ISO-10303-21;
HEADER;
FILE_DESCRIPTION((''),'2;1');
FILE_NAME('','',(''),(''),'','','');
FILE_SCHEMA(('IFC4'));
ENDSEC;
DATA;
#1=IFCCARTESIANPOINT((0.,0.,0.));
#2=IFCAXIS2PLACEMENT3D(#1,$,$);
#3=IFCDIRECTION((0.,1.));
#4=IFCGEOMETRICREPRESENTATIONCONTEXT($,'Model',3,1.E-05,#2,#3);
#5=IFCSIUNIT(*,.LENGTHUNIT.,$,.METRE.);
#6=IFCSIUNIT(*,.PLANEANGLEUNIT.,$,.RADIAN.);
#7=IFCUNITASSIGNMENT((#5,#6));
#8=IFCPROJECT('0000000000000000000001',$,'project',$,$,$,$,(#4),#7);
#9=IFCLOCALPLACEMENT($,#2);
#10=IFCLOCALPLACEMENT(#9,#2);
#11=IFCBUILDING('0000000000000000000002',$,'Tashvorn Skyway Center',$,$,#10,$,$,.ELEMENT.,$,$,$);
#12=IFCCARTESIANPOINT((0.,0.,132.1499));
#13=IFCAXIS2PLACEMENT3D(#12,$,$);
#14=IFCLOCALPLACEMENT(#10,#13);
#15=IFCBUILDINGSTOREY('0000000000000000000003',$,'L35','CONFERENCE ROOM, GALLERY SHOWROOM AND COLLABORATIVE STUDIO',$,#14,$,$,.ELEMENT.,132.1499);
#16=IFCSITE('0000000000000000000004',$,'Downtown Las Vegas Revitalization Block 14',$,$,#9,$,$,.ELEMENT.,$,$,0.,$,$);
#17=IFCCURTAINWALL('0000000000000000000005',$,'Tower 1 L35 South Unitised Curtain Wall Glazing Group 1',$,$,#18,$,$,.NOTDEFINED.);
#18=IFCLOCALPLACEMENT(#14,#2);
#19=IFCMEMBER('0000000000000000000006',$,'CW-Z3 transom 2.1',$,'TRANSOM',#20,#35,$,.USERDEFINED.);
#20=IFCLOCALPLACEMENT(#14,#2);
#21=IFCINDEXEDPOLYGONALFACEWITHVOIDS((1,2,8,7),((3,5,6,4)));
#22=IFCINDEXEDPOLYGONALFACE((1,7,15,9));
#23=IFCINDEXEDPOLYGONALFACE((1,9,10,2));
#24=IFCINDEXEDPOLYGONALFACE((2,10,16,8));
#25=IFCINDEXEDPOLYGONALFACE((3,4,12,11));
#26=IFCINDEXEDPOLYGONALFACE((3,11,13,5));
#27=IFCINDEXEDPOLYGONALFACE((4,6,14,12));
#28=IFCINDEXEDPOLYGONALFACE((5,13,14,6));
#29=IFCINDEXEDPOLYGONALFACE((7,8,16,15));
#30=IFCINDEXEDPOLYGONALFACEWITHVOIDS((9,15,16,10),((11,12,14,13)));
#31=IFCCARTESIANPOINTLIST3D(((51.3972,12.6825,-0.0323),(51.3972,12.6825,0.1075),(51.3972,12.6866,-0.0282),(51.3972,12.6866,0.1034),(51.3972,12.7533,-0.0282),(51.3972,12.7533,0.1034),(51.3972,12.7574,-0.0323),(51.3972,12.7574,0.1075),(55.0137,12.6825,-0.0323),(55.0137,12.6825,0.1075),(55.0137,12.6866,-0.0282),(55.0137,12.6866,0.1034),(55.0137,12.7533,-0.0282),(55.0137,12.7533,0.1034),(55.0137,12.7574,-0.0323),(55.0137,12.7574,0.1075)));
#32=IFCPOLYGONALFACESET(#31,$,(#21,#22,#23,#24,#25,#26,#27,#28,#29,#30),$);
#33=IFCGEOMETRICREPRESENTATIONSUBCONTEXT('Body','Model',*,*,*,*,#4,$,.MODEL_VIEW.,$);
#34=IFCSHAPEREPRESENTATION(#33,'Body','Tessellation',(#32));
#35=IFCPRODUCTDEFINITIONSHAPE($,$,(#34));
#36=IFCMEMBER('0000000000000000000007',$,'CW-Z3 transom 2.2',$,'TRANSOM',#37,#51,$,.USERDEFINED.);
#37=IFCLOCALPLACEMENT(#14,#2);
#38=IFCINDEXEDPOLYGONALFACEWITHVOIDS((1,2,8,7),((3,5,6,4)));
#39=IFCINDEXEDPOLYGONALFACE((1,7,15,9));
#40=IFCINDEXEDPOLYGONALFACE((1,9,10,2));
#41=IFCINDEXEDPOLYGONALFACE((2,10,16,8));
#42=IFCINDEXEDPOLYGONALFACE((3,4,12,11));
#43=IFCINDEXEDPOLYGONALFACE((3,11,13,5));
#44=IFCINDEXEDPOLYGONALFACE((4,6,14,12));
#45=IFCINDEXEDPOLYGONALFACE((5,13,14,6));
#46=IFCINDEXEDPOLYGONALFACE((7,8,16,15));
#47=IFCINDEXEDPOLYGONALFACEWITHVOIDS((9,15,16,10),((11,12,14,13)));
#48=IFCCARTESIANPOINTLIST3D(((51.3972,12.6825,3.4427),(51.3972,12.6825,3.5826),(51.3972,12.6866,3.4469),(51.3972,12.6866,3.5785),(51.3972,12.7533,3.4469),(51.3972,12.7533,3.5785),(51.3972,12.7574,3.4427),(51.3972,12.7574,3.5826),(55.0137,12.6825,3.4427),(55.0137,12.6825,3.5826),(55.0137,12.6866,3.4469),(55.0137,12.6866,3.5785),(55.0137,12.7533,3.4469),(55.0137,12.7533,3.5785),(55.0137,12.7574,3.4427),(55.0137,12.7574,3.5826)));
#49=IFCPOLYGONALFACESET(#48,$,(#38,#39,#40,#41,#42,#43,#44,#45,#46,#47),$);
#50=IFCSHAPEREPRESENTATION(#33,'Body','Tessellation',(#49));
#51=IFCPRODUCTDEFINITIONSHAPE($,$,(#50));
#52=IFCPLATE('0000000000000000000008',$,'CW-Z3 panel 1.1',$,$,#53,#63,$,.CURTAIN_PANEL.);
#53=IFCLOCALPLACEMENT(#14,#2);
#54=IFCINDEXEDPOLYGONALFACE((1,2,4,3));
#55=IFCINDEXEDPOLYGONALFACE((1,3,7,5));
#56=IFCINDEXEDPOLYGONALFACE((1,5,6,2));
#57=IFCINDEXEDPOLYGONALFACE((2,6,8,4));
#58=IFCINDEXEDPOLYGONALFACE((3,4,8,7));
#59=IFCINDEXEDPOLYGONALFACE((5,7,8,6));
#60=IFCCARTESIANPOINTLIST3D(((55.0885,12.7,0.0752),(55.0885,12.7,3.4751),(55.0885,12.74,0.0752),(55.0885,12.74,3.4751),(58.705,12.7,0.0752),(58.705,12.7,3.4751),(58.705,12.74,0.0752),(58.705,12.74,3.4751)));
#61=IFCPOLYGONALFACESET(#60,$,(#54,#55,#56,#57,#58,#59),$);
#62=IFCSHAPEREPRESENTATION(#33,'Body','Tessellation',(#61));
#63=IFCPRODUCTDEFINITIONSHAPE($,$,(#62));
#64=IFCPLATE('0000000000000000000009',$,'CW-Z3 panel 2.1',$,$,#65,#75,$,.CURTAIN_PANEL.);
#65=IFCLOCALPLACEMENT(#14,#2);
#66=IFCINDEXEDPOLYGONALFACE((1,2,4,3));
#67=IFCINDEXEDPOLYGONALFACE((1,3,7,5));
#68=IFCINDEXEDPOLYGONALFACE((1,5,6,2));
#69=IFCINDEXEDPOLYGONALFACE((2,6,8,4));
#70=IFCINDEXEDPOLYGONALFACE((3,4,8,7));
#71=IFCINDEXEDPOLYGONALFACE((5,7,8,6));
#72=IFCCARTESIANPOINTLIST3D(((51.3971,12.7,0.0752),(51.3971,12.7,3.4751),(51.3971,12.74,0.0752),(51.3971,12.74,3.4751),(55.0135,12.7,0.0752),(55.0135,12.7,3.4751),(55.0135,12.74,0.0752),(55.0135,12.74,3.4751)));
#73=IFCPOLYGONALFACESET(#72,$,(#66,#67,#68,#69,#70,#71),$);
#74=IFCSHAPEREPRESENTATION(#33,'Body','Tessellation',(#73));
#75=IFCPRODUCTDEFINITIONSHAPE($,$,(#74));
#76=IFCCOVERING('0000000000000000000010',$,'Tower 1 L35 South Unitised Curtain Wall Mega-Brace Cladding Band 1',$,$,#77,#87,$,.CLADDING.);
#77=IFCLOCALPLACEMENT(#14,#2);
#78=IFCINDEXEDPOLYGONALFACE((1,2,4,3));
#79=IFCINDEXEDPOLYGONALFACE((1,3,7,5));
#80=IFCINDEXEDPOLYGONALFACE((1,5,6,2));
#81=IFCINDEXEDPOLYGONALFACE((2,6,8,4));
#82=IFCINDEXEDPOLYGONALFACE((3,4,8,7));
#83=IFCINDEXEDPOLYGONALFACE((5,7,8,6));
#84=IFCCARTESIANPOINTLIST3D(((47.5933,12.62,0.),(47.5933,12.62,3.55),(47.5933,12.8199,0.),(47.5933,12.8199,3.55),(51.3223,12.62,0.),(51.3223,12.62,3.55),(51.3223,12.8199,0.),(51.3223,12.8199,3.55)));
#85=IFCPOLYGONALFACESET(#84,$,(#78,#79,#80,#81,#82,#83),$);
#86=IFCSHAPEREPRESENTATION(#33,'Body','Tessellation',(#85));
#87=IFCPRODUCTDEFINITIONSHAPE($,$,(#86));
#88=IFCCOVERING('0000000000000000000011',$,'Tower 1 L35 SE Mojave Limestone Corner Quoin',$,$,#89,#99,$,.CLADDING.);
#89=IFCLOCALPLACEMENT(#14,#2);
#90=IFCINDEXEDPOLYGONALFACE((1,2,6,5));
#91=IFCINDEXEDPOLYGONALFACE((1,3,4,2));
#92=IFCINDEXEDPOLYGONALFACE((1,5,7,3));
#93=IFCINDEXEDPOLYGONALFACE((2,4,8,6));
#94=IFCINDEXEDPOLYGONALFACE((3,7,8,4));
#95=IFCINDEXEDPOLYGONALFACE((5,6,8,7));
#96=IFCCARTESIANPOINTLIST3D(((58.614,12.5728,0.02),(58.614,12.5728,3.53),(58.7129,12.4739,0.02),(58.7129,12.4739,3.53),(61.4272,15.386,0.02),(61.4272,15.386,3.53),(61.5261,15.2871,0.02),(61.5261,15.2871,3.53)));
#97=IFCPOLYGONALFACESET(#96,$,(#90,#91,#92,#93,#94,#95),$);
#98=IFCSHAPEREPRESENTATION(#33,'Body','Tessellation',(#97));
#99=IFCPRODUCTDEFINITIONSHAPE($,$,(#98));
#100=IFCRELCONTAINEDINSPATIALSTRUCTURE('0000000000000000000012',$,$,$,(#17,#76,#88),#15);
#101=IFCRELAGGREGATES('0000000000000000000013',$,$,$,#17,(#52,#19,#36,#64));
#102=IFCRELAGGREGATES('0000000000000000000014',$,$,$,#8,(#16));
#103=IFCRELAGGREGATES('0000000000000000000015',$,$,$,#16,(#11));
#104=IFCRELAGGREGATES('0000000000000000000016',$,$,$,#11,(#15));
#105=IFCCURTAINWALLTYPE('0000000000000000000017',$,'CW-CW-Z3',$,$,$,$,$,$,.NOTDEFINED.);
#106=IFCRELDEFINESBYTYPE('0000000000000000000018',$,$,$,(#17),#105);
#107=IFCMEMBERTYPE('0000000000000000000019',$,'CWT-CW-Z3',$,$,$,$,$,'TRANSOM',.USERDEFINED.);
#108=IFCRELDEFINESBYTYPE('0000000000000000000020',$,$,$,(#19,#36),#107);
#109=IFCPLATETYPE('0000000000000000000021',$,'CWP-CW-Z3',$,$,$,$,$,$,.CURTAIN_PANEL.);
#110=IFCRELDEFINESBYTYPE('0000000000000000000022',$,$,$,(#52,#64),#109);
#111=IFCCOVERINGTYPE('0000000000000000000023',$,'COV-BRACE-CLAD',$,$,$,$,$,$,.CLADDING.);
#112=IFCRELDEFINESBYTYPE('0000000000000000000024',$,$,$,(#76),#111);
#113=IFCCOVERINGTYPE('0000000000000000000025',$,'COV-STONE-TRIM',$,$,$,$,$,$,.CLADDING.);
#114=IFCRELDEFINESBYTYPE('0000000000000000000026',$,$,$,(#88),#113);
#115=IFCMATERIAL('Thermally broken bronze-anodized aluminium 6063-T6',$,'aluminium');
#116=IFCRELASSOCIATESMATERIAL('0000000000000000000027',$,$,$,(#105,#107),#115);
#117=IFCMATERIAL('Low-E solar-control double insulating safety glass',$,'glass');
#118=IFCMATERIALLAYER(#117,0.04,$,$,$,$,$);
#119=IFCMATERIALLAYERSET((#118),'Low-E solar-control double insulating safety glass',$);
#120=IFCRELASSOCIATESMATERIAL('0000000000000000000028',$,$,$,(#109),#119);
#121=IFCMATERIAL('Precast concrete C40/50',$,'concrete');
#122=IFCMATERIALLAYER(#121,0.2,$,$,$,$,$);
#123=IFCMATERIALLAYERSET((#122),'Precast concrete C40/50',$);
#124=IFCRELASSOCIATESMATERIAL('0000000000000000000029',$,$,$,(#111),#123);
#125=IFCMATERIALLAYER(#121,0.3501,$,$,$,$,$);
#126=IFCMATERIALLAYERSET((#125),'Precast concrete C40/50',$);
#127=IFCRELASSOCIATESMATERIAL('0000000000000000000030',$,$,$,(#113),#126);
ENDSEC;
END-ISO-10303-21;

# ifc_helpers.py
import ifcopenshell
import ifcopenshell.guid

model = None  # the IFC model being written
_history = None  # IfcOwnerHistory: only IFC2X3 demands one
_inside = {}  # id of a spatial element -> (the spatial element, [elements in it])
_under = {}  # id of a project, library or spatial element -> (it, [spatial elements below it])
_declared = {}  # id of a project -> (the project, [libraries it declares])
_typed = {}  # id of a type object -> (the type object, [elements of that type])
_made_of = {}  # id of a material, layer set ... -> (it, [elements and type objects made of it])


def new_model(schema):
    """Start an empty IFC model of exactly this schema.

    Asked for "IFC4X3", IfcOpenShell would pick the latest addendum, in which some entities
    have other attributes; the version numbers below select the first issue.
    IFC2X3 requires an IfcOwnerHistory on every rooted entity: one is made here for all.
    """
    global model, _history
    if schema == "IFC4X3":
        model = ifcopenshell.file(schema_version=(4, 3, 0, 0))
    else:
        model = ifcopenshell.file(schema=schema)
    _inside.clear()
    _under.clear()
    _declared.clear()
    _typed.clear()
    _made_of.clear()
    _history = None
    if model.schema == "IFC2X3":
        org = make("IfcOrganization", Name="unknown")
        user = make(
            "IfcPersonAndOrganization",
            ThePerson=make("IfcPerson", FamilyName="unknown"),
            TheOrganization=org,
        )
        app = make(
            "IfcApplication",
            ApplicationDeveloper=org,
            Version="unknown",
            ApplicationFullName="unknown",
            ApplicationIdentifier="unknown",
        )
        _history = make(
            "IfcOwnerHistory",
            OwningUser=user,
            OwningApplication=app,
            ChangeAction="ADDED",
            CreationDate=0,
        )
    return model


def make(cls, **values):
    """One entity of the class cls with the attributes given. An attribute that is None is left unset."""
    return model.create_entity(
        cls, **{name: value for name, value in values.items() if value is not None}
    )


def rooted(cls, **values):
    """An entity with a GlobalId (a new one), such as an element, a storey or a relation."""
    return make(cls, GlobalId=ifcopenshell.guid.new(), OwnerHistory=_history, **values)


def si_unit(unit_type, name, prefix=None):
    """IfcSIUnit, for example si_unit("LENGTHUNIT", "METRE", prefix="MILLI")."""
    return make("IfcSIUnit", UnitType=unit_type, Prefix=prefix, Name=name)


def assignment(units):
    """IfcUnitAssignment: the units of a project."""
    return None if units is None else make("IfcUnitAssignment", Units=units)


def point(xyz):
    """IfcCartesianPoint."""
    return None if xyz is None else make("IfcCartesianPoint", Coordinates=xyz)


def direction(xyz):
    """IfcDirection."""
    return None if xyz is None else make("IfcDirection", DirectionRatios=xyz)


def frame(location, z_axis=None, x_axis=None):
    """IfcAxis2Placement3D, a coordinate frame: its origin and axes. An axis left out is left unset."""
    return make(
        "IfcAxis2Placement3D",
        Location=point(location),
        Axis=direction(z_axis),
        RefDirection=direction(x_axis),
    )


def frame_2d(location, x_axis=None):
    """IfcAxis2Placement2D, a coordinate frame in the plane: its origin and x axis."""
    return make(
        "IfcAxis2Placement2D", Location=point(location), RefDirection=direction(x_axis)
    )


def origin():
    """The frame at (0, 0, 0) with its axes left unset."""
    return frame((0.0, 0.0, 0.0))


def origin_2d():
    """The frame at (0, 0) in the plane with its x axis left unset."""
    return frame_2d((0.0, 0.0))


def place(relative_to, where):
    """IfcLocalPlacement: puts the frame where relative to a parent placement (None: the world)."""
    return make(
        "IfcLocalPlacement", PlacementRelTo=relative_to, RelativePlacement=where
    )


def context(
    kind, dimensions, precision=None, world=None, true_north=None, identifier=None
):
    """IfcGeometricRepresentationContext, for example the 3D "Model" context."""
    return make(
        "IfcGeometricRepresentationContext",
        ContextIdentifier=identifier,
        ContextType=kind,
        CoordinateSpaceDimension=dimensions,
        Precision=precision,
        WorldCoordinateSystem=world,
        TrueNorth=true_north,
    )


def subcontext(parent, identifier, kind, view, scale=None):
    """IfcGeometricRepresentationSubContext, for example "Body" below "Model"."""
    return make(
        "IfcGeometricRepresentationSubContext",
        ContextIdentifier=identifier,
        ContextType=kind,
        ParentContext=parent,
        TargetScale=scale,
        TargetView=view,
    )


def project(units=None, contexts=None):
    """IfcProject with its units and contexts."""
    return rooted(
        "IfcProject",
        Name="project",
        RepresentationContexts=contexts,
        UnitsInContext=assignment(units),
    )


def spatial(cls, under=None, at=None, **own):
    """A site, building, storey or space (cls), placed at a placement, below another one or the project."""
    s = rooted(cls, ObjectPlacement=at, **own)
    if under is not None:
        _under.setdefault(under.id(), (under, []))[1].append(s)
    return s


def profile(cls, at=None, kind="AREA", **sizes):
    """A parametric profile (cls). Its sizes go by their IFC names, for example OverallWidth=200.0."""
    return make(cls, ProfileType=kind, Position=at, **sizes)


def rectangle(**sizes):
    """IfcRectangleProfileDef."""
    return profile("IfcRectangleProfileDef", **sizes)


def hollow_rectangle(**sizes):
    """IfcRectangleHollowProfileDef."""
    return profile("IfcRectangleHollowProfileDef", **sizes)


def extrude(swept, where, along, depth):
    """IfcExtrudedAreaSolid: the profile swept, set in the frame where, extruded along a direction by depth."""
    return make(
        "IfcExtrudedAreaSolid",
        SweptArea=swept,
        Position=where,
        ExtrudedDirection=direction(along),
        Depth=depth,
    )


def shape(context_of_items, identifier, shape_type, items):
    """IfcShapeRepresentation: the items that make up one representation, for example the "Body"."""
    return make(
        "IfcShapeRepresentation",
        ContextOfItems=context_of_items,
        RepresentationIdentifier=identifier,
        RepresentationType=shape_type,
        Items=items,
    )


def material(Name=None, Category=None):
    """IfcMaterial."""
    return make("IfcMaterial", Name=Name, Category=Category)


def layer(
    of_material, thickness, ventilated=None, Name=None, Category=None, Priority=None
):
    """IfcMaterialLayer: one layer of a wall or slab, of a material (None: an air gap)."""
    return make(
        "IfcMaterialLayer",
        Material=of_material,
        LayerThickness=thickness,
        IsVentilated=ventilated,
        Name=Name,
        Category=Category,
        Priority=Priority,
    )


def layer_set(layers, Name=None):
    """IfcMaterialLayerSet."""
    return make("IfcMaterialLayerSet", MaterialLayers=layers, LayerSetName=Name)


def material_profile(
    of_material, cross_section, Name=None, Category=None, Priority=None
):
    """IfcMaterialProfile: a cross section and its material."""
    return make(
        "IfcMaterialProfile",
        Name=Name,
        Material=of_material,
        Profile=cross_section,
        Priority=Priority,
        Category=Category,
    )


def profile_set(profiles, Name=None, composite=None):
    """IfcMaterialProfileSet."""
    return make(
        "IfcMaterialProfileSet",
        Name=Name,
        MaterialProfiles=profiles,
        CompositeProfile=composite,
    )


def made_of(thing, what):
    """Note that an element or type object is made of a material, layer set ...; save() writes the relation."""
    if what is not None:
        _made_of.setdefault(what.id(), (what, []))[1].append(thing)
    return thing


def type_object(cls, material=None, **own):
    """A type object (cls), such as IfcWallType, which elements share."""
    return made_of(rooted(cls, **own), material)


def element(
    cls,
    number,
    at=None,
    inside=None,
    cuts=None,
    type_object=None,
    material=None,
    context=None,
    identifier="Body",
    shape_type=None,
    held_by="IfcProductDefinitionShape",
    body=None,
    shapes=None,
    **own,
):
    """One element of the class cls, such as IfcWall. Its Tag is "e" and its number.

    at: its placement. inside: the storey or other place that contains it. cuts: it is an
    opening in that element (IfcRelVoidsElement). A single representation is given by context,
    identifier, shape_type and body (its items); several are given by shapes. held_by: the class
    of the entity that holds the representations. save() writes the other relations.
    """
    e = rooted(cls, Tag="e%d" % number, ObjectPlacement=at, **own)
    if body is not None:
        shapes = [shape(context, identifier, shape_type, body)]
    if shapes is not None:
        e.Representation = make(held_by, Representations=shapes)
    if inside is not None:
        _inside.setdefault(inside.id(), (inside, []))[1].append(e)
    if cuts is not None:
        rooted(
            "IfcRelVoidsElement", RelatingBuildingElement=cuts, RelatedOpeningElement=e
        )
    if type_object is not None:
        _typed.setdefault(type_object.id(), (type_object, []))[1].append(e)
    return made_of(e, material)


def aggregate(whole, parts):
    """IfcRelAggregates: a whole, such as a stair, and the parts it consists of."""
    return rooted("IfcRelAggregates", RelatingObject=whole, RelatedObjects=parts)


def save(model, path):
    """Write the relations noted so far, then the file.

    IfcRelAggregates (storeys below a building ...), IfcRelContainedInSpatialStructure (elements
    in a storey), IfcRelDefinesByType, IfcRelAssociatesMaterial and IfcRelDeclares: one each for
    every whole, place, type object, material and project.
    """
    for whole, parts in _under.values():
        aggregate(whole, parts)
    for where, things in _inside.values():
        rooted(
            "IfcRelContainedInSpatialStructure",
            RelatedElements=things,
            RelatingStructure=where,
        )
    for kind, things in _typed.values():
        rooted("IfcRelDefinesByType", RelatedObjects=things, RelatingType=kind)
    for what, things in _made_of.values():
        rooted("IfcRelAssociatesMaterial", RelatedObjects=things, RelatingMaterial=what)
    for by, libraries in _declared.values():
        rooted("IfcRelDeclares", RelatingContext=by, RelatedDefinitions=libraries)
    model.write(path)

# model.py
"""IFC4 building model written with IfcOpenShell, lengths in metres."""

from ifc_helpers import new_model, si_unit, direction, frame, origin, origin_2d, place, context, subcontext, project, spatial, rectangle, hollow_rectangle, extrude, material, layer, layer_set, material_profile, profile_set, type_object, element, aggregate, save


model = new_model("IFC4")

# Units and contexts
model_context = context("Model", 3, precision=1e-05, world=origin(), true_north=direction((0.0, 1.0)))
body_context = subcontext(model_context, "Body", "Model", "MODEL_VIEW")
ifc_project = project(units=[si_unit("LENGTHUNIT", "METRE"), si_unit("PLANEANGLEUNIT", "RADIAN")], contexts=[model_context])

# Site, building, storey
site_placement = place(None, origin())
site = spatial("IfcSite", under=ifc_project, at=site_placement, Name="Downtown Las Vegas Revitalization Block 14", CompositionType="ELEMENT", RefElevation=0.0)
building_placement = place(site_placement, origin())
building = spatial("IfcBuilding", under=site, at=building_placement, Name="Tashvorn Skyway Center", CompositionType="ELEMENT")
storey_placement = place(building_placement, frame((0.0, 0.0, 132.1499)))
storey = spatial("IfcBuildingStorey", under=building, at=storey_placement, Name="L35", Description="CONFERENCE ROOM, GALLERY SHOWROOM AND COLLABORATIVE STUDIO", CompositionType="ELEMENT", Elevation=132.1499)

# Curtain wall
ifc_material_1 = material(Name="Thermally broken bronze-anodized aluminium 6063-T6", Category="aluminium")
curtain_wall_type = type_object("IfcCurtainWallType", Name="CW-CW-Z3", PredefinedType="NOTDEFINED", material=ifc_material_1)
curtain_wall_1_placement = place(storey_placement, origin())
curtain_wall_1 = element("IfcCurtainWall", 1, at=curtain_wall_1_placement, inside=storey, type_object=curtain_wall_type, Name="Tower 1 L35 South Unitised Curtain Wall Glazing Group 1", PredefinedType="NOTDEFINED")

# Members
ifc_material_profile_1 = material_profile(ifc_material_1, hollow_rectangle(XDim=0.075, YDim=0.1399, WallThickness=0.0042, at=origin_2d()), Name="ALU-TRAN-75x140")
ifc_profile_set_1 = profile_set([ifc_material_profile_1], Name="Thermally broken bronze-anodized aluminium 6063-T6")
member_type_1 = type_object("IfcMemberType", Name="CWT-CW-Z3", ElementType="TRANSOM", PredefinedType="USERDEFINED", material=ifc_profile_set_1)
member_1_placement = place(storey_placement, frame((55.0137, 12.72, 0.0376), z_axis=(-1.0, 0.0, 0.0), x_axis=(0.0, -1.0, 0.0)))
member_1 = element("IfcMember", 2, at=member_1_placement, type_object=member_type_1, Name="CW-Z3 transom 2.1", ObjectType="TRANSOM", PredefinedType="USERDEFINED", context=body_context, shape_type="SweptSolid", body=[
    extrude(hollow_rectangle(XDim=0.075, YDim=0.1399, WallThickness=0.0042, at=origin_2d()), origin(), (0.0, 0.0, 1.0), 3.6165),
])
member_2_placement = place(storey_placement, frame((55.0137, 12.72, 3.5127), z_axis=(-1.0, 0.0, 0.0), x_axis=(0.0, -1.0, 0.0)))
member_2 = element("IfcMember", 3, at=member_2_placement, type_object=member_type_1, Name="CW-Z3 transom 2.2", ObjectType="TRANSOM", PredefinedType="USERDEFINED", context=body_context, shape_type="SweptSolid", body=[
    extrude(hollow_rectangle(XDim=0.075, YDim=0.1399, WallThickness=0.0042, at=origin_2d()), origin(), (0.0, 0.0, 1.0), 3.6165),
])

# Plates
ifc_material_2 = material(Name="Low-E solar-control double insulating safety glass", Category="glass")
ifc_layer_1 = layer(ifc_material_2, 0.04)
ifc_layer_set_1 = layer_set([ifc_layer_1], Name="Low-E solar-control double insulating safety glass")
plate_type = type_object("IfcPlateType", Name="CWP-CW-Z3", PredefinedType="CURTAIN_PANEL", material=ifc_layer_set_1)
plate_1_placement = place(storey_placement, frame((56.8967, 12.72, 0.0752), z_axis=(0.0, 0.0, 1.0), x_axis=(-1.0, 0.0, 0.0)))
plate_1 = element("IfcPlate", 4, at=plate_1_placement, type_object=plate_type, Name="CW-Z3 panel 1.1", PredefinedType="CURTAIN_PANEL", context=body_context, shape_type="SweptSolid", body=[
    extrude(rectangle(XDim=3.6165, YDim=0.04, at=origin_2d()), origin(), (0.0, 0.0, 1.0), 3.3999),
])
plate_2_placement = place(storey_placement, frame((53.2053, 12.72, 0.0752), z_axis=(0.0, 0.0, 1.0), x_axis=(-1.0, 0.0, 0.0)))
plate_2 = element("IfcPlate", 5, at=plate_2_placement, type_object=plate_type, Name="CW-Z3 panel 2.1", PredefinedType="CURTAIN_PANEL", context=body_context, shape_type="SweptSolid", body=[
    extrude(rectangle(XDim=3.6165, YDim=0.04, at=origin_2d()), origin(), (0.0, 0.0, 1.0), 3.3999),
])
aggregate(curtain_wall_1, [plate_1, member_1, member_2, plate_2])

# Coverings
ifc_material_3 = material(Name="Precast concrete C40/50", Category="concrete")
ifc_layer_2 = layer(ifc_material_3, 0.2)
ifc_layer_set_2 = layer_set([ifc_layer_2], Name="Precast concrete C40/50")
covering_type_1 = type_object("IfcCoveringType", Name="COV-BRACE-CLAD", PredefinedType="CLADDING", material=ifc_layer_set_2)
covering_1_placement = place(storey_placement, frame((49.4578, 12.72, 0.0), z_axis=(0.0, 0.0, 1.0), x_axis=(-1.0, 0.0, 0.0)))
element("IfcCovering", 6, at=covering_1_placement, inside=storey, type_object=covering_type_1, Name="Tower 1 L35 South Unitised Curtain Wall Mega-Brace Cladding Band 1", PredefinedType="CLADDING", context=body_context, shape_type="SweptSolid", body=[
    extrude(rectangle(XDim=3.729, YDim=0.2, at=origin_2d()), origin(), (0.0, 0.0, 1.0), 3.55),
])
ifc_layer_3 = layer(ifc_material_3, 0.3501)
ifc_layer_set_3 = layer_set([ifc_layer_3], Name="Precast concrete C40/50")
covering_type_2 = type_object("IfcCoveringType", Name="COV-STONE-TRIM", PredefinedType="CLADDING", material=ifc_layer_set_3)
covering_2_placement = place(storey_placement, frame((60.0701, 13.9299, 0.02), z_axis=(0.0, 0.0, 1.0), x_axis=(0.707107, 0.707107, 0.0)))
element("IfcCovering", 7, at=covering_2_placement, inside=storey, type_object=covering_type_2, Name="Tower 1 L35 SE Mojave Limestone Corner Quoin", PredefinedType="CLADDING", context=body_context, shape_type="SweptSolid", body=[
    extrude(rectangle(XDim=3.9785, YDim=0.1399, at=origin_2d()), origin(), (0.0, 0.0, 1.0), 3.51),
])

save(model, "model.ifc")
